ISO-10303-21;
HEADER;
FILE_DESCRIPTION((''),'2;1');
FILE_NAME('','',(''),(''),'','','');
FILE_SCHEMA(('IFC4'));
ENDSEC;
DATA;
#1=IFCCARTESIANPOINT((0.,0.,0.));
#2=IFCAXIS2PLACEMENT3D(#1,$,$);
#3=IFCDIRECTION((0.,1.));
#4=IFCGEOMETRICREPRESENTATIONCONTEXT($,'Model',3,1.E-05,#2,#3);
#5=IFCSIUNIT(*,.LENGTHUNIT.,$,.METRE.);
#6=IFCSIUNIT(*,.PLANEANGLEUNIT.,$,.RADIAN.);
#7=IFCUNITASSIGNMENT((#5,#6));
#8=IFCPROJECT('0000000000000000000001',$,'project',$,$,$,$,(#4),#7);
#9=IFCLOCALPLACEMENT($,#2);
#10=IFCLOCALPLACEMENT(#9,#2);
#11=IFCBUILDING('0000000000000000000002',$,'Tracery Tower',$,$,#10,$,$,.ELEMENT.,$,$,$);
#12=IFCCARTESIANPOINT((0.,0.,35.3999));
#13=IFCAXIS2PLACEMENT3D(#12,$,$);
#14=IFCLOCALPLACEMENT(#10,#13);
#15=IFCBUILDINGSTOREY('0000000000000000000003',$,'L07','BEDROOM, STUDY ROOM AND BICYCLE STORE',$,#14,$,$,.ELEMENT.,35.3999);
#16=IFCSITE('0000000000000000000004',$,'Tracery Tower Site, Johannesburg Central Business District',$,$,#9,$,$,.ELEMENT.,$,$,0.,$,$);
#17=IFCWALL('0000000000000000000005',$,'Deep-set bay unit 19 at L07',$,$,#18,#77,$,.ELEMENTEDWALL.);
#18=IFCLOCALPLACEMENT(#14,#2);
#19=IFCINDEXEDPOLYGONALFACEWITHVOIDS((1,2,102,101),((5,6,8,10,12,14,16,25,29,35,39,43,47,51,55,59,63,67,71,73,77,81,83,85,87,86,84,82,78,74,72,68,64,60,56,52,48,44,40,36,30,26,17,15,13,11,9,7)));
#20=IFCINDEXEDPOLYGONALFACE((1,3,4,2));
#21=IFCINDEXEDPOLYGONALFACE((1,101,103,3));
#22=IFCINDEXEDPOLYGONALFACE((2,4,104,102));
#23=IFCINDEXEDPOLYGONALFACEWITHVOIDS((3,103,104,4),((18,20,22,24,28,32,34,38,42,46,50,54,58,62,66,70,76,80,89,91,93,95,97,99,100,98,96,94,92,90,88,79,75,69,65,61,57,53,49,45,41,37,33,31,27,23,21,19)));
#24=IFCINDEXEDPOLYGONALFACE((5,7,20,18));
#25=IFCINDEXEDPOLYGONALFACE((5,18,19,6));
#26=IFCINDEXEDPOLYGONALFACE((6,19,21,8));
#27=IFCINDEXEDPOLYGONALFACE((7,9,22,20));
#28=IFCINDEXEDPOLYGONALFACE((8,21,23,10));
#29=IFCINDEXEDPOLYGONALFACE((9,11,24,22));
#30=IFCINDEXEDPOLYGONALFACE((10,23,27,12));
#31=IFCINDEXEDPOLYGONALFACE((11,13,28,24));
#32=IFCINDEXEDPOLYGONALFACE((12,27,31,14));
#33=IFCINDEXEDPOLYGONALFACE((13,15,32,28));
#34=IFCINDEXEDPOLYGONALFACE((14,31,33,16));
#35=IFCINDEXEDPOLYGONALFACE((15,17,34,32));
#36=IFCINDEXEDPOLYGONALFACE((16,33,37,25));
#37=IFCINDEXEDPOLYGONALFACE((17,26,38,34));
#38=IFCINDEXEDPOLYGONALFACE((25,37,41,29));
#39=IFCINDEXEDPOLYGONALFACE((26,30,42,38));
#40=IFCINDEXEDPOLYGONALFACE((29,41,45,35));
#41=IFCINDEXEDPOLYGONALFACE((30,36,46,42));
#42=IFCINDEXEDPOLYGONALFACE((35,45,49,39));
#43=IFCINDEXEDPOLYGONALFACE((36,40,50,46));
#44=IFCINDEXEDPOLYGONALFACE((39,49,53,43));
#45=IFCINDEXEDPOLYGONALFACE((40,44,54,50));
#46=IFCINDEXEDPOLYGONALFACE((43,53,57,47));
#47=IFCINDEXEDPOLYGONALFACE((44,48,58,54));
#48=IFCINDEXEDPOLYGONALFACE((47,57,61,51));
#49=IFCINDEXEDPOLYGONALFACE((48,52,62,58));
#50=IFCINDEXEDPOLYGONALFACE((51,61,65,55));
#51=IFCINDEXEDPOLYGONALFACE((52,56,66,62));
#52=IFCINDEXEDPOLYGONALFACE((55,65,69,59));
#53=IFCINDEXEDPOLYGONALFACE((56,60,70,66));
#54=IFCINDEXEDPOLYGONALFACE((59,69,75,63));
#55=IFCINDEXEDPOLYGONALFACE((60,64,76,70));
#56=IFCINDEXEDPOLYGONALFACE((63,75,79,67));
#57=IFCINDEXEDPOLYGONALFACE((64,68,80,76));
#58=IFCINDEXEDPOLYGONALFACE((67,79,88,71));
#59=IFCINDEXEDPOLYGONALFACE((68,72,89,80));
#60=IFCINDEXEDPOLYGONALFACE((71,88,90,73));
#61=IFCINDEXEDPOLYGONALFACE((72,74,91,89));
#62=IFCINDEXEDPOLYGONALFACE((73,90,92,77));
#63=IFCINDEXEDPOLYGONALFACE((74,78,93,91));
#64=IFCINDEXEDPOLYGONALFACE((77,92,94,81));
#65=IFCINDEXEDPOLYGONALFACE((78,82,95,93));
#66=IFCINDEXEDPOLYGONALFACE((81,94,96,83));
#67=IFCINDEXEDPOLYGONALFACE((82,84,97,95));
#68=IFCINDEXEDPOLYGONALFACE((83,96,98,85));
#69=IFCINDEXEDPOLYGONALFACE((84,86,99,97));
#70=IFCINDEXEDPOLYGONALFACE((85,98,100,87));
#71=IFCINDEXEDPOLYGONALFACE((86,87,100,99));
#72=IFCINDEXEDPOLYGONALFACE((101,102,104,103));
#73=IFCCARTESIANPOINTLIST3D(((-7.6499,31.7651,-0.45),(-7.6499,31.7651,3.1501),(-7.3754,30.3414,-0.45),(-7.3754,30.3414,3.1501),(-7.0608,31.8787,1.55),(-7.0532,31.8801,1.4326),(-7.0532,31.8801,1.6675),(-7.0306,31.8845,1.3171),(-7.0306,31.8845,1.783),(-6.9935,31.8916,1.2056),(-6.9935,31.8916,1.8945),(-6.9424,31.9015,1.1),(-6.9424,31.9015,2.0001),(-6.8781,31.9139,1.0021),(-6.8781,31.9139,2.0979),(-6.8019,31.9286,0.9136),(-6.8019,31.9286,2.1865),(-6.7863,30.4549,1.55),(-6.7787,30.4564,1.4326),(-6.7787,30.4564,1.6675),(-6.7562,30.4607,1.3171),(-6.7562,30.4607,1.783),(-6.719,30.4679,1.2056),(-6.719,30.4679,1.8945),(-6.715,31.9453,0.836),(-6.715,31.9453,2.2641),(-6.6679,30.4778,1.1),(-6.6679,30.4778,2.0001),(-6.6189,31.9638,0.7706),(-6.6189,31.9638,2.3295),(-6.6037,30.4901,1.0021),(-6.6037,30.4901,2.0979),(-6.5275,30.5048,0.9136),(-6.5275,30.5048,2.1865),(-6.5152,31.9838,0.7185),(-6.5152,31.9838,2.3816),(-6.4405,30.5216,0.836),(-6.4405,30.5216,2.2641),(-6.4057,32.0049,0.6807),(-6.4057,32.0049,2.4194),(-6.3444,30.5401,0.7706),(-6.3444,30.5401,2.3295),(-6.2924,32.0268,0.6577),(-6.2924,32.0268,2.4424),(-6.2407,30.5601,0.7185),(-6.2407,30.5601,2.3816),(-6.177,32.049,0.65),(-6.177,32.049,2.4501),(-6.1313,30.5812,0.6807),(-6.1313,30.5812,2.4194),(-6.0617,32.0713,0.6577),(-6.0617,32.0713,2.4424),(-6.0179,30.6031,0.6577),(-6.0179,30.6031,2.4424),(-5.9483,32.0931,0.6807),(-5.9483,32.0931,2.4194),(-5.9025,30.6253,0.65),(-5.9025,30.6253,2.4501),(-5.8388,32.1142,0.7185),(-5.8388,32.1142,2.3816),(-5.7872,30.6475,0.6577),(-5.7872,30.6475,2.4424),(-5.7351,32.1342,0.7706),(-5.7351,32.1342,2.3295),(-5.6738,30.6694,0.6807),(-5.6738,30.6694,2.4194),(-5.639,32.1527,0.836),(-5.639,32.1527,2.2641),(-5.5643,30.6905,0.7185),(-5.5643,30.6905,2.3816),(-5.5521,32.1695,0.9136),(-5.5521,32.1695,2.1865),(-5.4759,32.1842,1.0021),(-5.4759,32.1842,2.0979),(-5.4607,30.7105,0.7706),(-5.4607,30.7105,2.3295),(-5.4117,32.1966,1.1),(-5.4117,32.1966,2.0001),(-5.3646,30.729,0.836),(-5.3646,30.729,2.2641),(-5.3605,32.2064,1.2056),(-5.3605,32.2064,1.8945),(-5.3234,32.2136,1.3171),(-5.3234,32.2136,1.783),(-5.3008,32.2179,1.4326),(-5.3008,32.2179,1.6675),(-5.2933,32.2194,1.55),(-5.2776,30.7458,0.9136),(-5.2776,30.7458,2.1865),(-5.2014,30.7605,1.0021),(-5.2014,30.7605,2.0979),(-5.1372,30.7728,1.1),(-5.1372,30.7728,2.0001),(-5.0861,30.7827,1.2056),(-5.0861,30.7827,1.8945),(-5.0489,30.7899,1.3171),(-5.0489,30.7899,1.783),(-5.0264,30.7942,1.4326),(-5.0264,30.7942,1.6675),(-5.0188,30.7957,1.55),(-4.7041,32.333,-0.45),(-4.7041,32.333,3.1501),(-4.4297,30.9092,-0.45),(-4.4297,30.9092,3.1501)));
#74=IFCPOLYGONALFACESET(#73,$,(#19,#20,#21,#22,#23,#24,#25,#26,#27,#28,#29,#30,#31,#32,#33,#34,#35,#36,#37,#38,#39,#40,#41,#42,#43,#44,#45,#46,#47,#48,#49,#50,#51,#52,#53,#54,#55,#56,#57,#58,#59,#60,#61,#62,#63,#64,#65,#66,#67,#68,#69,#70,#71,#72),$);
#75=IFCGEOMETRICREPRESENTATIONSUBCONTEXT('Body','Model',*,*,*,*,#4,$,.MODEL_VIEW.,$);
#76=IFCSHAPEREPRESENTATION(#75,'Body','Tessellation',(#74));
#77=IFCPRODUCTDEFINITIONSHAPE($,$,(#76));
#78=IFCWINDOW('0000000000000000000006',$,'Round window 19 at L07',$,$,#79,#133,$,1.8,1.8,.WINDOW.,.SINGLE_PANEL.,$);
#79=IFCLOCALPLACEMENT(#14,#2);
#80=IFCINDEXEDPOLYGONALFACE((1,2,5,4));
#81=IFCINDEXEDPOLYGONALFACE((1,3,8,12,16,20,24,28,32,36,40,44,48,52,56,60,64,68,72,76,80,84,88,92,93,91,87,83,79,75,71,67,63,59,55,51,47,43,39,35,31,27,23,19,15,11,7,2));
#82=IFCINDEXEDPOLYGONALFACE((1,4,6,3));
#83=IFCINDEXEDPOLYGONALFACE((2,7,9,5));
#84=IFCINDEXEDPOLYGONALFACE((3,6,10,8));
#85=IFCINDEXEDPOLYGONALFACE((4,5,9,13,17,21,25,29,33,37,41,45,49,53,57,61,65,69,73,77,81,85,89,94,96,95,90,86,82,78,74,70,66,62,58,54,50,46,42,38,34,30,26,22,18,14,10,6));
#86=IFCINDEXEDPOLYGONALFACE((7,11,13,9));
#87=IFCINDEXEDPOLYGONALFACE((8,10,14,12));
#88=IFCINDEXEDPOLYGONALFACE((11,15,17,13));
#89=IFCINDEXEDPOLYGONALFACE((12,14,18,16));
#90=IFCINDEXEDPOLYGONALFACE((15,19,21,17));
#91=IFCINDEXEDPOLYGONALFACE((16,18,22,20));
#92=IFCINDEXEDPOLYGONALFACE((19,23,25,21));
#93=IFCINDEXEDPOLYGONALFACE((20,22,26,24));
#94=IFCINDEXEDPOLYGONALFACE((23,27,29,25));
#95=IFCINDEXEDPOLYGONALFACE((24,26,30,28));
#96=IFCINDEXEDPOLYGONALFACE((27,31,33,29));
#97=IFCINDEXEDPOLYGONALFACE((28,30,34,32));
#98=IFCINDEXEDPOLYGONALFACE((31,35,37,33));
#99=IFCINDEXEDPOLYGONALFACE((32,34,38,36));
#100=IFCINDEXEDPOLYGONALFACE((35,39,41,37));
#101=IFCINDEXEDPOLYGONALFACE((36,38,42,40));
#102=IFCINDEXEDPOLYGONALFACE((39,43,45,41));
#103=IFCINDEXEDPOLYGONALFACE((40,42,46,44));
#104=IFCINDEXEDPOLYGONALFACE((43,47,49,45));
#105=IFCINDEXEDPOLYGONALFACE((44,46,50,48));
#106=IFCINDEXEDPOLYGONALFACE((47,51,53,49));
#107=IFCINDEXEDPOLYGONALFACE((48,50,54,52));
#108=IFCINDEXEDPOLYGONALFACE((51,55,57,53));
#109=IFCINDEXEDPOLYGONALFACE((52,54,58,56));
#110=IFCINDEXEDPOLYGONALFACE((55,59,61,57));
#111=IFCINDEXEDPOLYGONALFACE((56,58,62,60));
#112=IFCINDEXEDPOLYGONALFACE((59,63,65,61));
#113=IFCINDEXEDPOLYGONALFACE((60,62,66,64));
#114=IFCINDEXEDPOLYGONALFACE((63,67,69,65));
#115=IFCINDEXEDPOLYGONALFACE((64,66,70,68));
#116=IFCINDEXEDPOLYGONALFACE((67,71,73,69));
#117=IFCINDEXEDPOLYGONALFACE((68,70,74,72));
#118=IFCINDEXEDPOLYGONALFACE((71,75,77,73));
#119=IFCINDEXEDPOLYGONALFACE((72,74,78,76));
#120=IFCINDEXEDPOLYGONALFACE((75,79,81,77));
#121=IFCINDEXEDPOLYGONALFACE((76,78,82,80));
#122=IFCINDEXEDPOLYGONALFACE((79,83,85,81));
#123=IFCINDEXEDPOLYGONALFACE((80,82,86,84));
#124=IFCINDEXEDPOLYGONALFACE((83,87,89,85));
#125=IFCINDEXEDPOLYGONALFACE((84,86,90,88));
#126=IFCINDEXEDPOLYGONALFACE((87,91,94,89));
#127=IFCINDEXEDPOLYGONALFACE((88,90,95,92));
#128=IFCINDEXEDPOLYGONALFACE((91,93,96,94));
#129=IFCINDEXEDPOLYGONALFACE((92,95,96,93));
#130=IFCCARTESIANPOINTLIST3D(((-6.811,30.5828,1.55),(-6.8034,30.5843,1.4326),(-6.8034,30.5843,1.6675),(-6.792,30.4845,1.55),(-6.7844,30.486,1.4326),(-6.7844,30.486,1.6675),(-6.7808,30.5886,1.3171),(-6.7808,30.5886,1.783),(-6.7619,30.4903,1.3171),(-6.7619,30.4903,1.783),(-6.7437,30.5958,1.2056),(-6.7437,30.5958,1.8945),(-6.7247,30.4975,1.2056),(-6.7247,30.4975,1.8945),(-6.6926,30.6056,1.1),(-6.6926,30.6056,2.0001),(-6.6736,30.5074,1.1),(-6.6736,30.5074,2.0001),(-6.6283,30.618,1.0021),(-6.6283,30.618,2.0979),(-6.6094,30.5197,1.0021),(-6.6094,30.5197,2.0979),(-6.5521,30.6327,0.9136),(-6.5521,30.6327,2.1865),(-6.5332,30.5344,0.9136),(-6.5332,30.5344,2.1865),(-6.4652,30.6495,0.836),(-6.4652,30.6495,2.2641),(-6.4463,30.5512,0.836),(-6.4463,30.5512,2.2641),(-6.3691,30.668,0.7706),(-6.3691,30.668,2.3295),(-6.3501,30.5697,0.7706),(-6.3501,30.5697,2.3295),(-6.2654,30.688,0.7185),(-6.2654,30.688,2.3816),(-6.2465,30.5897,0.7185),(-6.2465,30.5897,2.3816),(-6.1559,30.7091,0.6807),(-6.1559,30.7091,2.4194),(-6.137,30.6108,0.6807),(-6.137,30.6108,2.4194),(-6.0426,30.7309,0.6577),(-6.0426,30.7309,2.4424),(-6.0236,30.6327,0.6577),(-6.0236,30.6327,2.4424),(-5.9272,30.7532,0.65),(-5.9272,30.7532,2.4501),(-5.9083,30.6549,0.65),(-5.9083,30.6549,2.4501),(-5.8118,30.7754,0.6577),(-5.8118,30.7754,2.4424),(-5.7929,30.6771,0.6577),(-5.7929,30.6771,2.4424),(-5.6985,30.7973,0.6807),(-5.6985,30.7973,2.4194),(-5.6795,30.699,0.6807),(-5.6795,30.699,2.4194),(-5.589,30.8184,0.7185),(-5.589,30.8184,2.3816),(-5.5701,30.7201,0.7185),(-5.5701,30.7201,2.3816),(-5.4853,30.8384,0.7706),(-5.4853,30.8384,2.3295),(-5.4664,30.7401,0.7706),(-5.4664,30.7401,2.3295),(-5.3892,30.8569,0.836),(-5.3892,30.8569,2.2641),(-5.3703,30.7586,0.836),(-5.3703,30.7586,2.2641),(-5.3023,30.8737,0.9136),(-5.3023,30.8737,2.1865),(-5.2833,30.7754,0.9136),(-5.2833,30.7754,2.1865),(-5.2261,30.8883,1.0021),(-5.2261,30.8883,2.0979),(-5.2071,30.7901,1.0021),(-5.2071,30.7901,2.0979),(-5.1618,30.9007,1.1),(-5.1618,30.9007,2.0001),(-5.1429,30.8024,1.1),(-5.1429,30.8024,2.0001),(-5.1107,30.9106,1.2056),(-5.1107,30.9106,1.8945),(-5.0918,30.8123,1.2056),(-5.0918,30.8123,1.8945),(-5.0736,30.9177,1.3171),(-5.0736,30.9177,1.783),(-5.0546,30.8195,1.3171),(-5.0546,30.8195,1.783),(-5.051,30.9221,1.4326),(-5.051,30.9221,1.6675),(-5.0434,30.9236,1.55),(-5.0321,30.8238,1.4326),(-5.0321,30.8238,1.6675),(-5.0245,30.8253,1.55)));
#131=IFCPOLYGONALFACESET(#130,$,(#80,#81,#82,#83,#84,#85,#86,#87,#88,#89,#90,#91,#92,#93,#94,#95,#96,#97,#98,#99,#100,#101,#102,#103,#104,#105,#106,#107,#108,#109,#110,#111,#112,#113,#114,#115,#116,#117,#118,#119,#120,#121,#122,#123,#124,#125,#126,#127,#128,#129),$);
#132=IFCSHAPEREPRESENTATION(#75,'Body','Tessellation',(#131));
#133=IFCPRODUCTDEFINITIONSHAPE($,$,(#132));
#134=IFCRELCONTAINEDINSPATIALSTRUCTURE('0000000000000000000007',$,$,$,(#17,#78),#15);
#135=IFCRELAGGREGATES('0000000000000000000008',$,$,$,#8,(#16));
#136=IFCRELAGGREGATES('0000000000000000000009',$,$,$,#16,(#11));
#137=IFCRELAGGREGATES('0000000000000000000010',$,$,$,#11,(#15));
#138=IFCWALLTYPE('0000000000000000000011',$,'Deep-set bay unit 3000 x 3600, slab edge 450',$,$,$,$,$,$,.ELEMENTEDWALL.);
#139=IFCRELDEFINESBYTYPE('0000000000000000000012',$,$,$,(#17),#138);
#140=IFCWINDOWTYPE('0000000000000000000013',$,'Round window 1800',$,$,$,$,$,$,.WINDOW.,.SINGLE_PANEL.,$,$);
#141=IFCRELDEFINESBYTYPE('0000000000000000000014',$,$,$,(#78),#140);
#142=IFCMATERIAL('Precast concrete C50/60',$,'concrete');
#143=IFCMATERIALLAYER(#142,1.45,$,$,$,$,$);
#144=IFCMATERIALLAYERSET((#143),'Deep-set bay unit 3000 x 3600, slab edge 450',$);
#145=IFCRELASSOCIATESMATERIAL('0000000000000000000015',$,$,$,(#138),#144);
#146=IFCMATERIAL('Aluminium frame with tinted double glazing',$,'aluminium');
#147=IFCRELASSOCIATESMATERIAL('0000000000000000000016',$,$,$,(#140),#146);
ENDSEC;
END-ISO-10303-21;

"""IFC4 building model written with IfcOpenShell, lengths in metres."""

from ifc_helpers import new_model, si_unit, direction, frame, frame_2d, origin, origin_2d, place, context, subcontext, project, spatial, rectangle, circle, extrude, material, layer, layer_set, type_object, element, fill, save


model = new_model("IFC4")

# Units and contexts
model_context = context("Model", 3, precision=1e-05, world=origin(), true_north=direction((0.0, 1.0)))
body_context = subcontext(model_context, "Body", "Model", "MODEL_VIEW")
ifc_project = project(units=[si_unit("LENGTHUNIT", "METRE"), si_unit("PLANEANGLEUNIT", "RADIAN")], contexts=[model_context])

# Site, building, storey
site_placement = place(None, origin())
site = spatial("IfcSite", under=ifc_project, at=site_placement, Name="Tracery Tower Site, Johannesburg Central Business District", CompositionType="ELEMENT", RefElevation=0.0)
building_placement = place(site_placement, origin())
building = spatial("IfcBuilding", under=site, at=building_placement, Name="Tracery Tower", CompositionType="ELEMENT")
storey_placement = place(building_placement, frame((0.0, 0.0, 35.3999)))
storey = spatial("IfcBuildingStorey", under=building, at=storey_placement, Name="L07", Description="BEDROOM, STUDY ROOM AND BICYCLE STORE", CompositionType="ELEMENT", Elevation=35.3999)

# Wall, opening, window
ifc_material_1 = material(Name="Precast concrete C50/60", Category="concrete")
ifc_layer_1 = layer(ifc_material_1, 1.45)
ifc_layer_set_1 = layer_set([ifc_layer_1], Name="Deep-set bay unit 3000 x 3600, slab edge 450")
wall_type_1 = type_object("IfcWallType", Name="Deep-set bay unit 3000 x 3600, slab edge 450", PredefinedType="ELEMENTEDWALL", material=ifc_layer_set_1)
wall_1_placement = place(storey_placement, frame((-4.5669, 31.6211, -0.45), z_axis=(0.0, 0.0, 1.0), x_axis=(-0.981922, -0.189288, 0.0)))
wall_1 = element("IfcWall", 1, at=wall_1_placement, inside=storey, type_object=wall_type_1, Name="Deep-set bay unit 19 at L07", PredefinedType="ELEMENTEDWALL", context=body_context, shape_type="SweptSolid", body=[
    extrude(rectangle(XDim=3.0, YDim=1.45, at=frame_2d((1.5, 0.0))), origin(), (0.0, 0.0, 1.0), 3.6001),
])
opening_1_placement = place(wall_1_placement, frame((1.5, 0.0, 2.0)))
opening_1 = element("IfcOpeningElement", 2, at=opening_1_placement, cuts=wall_1, PredefinedType="OPENING", context=body_context, shape_type="SweptSolid", body=[
    extrude(circle(Radius=0.9, at=origin_2d()), frame((0.0, 0.7349, 0.0), z_axis=(0.0, -1.0, 0.0), x_axis=(1.0, 0.0, 0.0)), (0.0, 0.0, 1.0), 1.47),
])
ifc_material_2 = material(Name="Aluminium frame with tinted double glazing", Category="aluminium")
window_type = type_object("IfcWindowType", Name="Round window 1800", PartitioningType="SINGLE_PANEL", PredefinedType="WINDOW", material=ifc_material_2)
window_1_placement = place(opening_1_placement, origin())
window_1 = element("IfcWindow", 3, at=window_1_placement, inside=storey, type_object=window_type, Name="Round window 19 at L07", OverallHeight=1.8, OverallWidth=1.8, PartitioningType="SINGLE_PANEL", PredefinedType="WINDOW", context=body_context, shape_type="SweptSolid", body=[
    extrude(circle(Radius=0.9, at=origin_2d()), frame((0.0, 0.6948, 0.0), z_axis=(0.0, -1.0, 0.0), x_axis=(1.0, 0.0, 0.0)), (0.0, 0.0, 1.0), 0.1001),
])
fill(opening_1, window_1)

save(model, "model.ifc")
